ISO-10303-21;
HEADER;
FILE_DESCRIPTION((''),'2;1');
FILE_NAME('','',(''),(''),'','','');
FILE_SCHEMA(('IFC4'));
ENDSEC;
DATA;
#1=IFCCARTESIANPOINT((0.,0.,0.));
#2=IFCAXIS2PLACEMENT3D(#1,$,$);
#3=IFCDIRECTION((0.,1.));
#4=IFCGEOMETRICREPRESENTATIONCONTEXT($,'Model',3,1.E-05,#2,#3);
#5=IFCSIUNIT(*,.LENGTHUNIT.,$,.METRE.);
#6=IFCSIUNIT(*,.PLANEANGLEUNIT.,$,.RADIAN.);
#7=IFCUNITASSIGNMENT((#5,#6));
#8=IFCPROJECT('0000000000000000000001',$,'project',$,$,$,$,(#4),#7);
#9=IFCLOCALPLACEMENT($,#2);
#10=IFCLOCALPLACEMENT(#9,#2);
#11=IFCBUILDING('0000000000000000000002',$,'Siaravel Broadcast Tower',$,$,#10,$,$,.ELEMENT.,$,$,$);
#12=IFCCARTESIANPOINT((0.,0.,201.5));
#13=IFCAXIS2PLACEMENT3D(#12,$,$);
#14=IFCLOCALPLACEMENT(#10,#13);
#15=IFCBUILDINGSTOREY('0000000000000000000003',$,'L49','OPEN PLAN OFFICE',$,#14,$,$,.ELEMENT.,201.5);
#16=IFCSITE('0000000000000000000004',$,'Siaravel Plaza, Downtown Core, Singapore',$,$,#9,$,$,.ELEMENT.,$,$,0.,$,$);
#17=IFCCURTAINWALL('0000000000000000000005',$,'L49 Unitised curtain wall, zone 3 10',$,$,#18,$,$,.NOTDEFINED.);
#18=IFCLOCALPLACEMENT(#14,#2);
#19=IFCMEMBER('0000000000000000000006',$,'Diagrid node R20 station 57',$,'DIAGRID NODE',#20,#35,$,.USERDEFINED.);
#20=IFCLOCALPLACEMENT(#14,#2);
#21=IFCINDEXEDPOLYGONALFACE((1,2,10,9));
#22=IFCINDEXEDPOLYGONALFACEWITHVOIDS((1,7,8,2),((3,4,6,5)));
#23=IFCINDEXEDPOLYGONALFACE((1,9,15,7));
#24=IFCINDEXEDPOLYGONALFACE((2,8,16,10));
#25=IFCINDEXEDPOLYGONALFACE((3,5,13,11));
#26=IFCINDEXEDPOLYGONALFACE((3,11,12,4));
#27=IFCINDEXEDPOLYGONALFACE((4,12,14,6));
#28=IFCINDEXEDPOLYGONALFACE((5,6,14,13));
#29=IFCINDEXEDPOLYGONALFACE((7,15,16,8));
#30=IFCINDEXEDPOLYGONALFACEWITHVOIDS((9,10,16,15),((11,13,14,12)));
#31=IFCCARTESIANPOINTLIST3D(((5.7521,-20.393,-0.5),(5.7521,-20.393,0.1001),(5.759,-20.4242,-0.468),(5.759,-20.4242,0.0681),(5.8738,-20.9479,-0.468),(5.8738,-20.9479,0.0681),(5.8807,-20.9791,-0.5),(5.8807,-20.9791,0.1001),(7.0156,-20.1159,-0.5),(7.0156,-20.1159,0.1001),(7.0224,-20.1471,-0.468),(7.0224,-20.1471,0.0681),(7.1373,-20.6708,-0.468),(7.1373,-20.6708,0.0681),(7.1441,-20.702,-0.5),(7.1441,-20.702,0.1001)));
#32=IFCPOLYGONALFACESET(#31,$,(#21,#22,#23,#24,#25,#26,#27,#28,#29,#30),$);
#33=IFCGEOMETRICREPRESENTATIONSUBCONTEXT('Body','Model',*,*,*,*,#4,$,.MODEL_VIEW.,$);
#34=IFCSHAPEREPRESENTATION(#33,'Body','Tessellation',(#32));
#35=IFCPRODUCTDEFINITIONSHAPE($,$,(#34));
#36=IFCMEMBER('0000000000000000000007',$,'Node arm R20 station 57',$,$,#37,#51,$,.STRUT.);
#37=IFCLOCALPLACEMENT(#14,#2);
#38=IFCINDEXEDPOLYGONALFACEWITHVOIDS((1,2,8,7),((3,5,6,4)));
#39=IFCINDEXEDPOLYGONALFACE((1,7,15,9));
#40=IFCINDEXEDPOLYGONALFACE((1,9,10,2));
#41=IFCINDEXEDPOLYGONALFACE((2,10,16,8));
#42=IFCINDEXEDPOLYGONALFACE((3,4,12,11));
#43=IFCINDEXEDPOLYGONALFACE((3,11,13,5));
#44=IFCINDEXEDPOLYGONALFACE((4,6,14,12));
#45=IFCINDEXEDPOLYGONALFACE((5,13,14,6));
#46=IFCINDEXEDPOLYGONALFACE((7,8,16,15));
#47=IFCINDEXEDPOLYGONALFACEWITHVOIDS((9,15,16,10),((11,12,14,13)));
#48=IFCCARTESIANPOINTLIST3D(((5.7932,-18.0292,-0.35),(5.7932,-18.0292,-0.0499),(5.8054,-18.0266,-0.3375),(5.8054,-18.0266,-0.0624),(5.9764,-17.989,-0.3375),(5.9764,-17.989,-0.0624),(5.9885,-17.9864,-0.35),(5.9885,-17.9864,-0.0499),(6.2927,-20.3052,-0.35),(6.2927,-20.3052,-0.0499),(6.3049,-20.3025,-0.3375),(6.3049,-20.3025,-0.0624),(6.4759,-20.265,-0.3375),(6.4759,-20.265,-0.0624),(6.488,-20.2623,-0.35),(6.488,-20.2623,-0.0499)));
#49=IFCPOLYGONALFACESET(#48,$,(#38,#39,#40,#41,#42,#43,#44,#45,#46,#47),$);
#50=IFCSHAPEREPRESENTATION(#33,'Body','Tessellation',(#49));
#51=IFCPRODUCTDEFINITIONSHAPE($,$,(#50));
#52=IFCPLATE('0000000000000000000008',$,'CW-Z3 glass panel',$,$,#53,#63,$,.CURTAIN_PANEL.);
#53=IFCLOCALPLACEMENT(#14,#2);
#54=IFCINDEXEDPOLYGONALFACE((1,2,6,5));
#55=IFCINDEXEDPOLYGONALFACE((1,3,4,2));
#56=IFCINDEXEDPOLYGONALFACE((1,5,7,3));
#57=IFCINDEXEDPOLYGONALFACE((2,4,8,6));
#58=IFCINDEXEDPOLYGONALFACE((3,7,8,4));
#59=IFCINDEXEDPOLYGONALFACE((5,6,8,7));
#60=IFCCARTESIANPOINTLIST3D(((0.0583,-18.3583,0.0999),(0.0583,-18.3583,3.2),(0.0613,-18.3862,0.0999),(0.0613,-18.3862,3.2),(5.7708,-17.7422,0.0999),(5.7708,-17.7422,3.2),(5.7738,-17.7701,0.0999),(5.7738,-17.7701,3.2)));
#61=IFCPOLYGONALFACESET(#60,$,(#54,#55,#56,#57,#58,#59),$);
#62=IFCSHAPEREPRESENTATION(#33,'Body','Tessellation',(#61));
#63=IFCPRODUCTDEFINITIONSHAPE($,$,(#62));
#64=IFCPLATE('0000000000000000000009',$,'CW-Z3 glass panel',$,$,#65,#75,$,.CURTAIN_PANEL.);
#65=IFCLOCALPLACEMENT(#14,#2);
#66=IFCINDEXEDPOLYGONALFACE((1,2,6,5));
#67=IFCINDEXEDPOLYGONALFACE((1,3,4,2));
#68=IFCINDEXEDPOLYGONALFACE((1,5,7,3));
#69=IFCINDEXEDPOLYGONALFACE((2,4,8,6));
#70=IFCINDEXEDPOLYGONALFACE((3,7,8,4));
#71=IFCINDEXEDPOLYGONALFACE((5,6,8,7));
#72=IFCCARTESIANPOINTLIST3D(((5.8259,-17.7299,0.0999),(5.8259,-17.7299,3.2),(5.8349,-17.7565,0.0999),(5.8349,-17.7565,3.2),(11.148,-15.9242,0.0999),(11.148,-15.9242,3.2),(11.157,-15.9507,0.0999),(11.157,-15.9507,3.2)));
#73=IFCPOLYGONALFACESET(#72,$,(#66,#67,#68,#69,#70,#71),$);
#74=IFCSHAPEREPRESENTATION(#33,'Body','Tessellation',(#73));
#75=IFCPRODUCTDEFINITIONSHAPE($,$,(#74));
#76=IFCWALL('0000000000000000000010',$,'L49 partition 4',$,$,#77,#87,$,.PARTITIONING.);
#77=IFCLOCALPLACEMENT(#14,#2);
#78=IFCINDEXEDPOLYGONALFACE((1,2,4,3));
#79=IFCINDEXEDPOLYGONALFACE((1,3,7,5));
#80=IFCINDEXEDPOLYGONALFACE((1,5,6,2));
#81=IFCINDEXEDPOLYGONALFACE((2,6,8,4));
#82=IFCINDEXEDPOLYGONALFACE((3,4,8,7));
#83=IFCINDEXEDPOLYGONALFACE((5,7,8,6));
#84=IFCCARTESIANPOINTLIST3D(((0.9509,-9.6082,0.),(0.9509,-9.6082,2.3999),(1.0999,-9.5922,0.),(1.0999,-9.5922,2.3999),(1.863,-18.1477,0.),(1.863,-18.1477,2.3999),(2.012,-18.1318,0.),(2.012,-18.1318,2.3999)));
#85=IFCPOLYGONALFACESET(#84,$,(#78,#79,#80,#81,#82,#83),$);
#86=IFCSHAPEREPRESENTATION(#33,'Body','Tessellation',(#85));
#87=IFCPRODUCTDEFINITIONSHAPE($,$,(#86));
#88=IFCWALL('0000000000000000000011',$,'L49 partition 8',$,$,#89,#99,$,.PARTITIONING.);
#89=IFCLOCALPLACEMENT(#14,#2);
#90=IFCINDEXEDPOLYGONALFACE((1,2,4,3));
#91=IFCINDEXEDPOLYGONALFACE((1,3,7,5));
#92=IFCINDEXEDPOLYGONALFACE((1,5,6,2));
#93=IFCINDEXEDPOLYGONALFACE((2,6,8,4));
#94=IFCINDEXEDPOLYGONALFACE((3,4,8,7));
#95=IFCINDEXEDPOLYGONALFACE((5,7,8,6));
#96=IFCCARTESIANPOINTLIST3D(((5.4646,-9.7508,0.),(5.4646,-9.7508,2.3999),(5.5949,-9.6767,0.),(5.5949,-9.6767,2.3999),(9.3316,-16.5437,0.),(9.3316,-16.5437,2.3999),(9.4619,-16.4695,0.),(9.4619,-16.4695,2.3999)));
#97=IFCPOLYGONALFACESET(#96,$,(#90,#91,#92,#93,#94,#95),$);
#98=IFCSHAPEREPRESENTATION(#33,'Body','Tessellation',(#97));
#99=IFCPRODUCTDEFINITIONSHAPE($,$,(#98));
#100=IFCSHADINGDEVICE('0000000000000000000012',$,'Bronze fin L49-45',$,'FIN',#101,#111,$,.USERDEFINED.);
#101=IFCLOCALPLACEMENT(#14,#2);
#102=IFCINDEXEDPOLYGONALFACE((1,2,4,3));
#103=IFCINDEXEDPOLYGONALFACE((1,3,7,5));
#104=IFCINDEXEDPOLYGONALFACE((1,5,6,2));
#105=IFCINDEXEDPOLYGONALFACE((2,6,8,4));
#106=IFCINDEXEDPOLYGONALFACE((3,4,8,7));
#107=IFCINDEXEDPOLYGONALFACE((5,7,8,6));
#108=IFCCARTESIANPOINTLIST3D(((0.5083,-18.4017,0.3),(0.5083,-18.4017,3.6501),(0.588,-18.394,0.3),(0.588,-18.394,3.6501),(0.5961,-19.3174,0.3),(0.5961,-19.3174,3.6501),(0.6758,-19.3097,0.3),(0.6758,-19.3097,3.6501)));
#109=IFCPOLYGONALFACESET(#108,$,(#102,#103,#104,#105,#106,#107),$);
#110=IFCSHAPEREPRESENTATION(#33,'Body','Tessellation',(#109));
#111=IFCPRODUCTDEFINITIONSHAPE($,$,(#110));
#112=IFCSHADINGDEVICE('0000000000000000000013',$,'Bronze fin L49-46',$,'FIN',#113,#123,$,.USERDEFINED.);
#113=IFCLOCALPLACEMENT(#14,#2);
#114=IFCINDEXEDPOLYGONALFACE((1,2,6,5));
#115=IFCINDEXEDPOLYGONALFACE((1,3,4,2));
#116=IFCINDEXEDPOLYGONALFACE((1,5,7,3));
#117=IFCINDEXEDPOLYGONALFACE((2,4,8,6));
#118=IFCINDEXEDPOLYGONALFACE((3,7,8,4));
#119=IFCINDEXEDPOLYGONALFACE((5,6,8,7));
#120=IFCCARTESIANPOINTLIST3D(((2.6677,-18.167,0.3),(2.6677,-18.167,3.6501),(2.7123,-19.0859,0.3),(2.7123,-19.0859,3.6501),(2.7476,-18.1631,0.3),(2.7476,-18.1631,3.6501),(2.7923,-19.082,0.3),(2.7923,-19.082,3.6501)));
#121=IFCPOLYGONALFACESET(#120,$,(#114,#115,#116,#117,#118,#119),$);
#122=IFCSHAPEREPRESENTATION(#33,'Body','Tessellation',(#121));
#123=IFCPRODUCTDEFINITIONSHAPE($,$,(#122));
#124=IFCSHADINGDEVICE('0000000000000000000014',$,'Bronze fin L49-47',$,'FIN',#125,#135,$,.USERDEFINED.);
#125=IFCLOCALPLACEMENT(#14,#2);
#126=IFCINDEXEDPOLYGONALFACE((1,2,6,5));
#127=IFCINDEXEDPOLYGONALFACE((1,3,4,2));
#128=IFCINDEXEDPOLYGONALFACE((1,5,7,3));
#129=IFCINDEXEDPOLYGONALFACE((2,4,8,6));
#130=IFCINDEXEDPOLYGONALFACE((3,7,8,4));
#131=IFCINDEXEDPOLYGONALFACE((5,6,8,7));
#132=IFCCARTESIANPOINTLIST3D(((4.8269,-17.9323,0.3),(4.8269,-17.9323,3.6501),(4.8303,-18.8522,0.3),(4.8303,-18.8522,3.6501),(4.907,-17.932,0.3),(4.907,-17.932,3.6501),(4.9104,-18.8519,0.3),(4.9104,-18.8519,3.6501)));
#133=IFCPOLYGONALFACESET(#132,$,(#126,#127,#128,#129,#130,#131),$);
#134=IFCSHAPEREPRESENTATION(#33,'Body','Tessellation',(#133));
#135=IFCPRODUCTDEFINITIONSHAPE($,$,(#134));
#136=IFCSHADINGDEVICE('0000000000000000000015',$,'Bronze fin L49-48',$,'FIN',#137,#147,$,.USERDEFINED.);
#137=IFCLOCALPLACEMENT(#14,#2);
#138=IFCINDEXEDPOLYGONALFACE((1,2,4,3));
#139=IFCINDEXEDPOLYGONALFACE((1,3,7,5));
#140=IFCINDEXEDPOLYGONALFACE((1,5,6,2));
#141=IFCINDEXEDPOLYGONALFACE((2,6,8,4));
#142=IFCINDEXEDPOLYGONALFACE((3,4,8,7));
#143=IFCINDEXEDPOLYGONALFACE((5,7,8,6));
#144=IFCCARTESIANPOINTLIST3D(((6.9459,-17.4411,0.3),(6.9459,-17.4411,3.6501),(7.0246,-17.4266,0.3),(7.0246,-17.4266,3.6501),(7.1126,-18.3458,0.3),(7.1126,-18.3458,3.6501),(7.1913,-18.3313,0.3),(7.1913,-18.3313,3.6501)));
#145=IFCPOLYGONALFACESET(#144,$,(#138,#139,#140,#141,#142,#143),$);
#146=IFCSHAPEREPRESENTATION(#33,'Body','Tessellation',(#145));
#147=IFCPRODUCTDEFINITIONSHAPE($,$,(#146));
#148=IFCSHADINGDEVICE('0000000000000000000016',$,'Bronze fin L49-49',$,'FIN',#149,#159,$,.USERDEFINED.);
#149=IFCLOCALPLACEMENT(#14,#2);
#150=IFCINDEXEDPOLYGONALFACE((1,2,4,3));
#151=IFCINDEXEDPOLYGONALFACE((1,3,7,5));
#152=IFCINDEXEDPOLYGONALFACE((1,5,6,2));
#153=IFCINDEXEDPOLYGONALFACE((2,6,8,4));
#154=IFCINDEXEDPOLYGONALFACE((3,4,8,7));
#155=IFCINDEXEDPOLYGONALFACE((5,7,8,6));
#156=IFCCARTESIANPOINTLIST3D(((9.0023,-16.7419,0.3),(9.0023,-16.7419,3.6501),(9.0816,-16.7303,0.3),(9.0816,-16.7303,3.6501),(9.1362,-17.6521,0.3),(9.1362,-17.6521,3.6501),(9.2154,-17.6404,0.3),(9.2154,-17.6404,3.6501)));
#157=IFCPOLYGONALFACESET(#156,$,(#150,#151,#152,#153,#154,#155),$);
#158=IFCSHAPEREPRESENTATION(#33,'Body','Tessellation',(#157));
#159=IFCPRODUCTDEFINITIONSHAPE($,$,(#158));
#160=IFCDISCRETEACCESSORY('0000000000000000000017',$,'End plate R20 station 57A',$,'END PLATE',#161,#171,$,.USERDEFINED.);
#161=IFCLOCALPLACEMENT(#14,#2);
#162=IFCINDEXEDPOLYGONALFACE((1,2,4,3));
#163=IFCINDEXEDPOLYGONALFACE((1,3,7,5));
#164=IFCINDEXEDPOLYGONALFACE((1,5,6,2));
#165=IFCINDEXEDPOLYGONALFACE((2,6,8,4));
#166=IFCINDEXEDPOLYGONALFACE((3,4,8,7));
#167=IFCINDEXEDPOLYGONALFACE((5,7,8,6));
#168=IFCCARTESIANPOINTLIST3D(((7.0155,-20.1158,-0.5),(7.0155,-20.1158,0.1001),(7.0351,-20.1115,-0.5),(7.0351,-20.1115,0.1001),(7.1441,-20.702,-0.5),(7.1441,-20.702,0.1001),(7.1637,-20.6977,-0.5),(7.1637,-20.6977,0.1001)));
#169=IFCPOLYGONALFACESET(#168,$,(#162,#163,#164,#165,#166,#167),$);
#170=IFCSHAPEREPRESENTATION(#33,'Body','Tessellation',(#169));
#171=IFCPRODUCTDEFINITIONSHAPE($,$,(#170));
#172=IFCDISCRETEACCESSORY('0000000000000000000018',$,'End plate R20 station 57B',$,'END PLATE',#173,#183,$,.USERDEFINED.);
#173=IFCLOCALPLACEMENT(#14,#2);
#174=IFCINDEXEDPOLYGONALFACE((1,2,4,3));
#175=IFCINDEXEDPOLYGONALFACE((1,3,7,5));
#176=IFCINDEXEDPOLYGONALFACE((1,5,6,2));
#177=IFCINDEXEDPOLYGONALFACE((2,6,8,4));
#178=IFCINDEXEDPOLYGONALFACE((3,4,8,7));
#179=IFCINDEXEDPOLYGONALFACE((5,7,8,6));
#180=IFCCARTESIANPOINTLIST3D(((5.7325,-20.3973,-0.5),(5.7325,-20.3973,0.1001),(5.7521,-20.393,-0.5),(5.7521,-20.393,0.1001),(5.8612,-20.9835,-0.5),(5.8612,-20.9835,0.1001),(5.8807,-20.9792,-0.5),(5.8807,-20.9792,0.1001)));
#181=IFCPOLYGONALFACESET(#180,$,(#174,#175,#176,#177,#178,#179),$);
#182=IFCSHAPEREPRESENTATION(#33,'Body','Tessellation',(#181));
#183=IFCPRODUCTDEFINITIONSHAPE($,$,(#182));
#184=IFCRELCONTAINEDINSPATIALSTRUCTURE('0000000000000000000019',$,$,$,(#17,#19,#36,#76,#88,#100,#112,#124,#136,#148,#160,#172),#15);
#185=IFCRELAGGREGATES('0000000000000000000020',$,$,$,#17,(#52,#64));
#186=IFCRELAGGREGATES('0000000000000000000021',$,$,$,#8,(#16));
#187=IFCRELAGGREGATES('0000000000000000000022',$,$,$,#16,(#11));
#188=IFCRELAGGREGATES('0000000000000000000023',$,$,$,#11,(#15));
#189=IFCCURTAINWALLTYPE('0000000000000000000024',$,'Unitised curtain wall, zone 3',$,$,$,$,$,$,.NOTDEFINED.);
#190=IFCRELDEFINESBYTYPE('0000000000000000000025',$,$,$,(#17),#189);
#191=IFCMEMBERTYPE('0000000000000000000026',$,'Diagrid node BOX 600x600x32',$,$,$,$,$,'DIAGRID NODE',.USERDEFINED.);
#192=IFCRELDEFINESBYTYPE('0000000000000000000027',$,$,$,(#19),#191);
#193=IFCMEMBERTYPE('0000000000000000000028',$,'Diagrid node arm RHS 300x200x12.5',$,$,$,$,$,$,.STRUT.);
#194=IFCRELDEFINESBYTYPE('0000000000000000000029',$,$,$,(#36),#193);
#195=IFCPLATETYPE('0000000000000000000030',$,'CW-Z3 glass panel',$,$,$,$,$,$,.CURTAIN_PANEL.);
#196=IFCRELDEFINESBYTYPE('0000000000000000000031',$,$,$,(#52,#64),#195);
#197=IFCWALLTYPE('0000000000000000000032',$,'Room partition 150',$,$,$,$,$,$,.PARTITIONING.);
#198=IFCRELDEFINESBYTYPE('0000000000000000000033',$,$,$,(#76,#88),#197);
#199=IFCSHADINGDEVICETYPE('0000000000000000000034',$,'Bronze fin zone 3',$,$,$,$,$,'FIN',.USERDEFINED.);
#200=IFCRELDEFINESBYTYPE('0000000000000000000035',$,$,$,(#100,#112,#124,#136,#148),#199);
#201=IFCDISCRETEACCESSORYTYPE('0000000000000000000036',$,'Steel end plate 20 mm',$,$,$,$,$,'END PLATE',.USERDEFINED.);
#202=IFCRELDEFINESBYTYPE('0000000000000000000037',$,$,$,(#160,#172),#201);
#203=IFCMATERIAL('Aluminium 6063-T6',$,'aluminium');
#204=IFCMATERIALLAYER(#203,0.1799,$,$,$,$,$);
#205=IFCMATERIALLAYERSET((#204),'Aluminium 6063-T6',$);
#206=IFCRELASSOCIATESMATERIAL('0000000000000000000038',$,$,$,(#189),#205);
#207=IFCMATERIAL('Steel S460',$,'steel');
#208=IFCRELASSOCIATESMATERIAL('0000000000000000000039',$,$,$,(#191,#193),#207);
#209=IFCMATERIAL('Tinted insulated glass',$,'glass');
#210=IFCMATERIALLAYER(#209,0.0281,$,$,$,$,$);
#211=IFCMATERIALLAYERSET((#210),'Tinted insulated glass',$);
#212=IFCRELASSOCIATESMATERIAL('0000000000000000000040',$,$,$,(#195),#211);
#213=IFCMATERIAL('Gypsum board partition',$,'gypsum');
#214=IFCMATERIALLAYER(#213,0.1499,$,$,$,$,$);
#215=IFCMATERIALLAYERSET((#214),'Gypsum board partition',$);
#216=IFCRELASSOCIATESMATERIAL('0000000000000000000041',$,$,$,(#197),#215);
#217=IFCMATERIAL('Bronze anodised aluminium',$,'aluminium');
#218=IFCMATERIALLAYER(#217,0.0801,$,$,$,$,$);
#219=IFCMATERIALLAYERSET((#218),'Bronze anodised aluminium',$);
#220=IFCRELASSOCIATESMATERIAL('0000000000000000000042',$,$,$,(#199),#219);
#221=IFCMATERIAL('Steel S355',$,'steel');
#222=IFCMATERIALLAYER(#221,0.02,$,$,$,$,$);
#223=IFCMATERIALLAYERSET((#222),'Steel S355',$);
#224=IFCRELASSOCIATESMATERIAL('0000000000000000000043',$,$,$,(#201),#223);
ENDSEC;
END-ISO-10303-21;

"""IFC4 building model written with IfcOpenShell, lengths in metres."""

from ifc_helpers import new_model, si_unit, direction, frame, frame_2d, origin, origin_2d, place, context, subcontext, project, spatial, rectangle, hollow_rectangle, extrude, material, layer, layer_set, material_profile, profile_set, type_object, element, aggregate, save


model = new_model("IFC4")

# Units and contexts
model_context = context("Model", 3, precision=1e-05, world=origin(), true_north=direction((0.0, 1.0)))
body_context = subcontext(model_context, "Body", "Model", "MODEL_VIEW")
ifc_project = project(units=[si_unit("LENGTHUNIT", "METRE"), si_unit("PLANEANGLEUNIT", "RADIAN")], contexts=[model_context])

# Site, building, storey
site_placement = place(None, origin())
site = spatial("IfcSite", under=ifc_project, at=site_placement, Name="Siaravel Plaza, Downtown Core, Singapore", CompositionType="ELEMENT", RefElevation=0.0)
building_placement = place(site_placement, origin())
building = spatial("IfcBuilding", under=site, at=building_placement, Name="Siaravel Broadcast Tower", CompositionType="ELEMENT")
storey_placement = place(building_placement, frame((0.0, 0.0, 201.5)))
storey = spatial("IfcBuildingStorey", under=building, at=storey_placement, Name="L49", Description="OPEN PLAN OFFICE", CompositionType="ELEMENT", Elevation=201.5)

# Shared definitions
ifc_material_1 = material(Name="Steel S355", Category="steel")

# Curtain wall
ifc_material_2 = material(Name="Aluminium 6063-T6", Category="aluminium")
ifc_layer_1 = layer(ifc_material_2, 0.1799)
ifc_layer_set_1 = layer_set([ifc_layer_1], Name="Aluminium 6063-T6")
curtain_wall_type = type_object("IfcCurtainWallType", Name="Unitised curtain wall, zone 3", PredefinedType="NOTDEFINED", material=ifc_layer_set_1)
curtain_wall_placement = place(storey_placement, origin())
curtain_wall = element("IfcCurtainWall", 1, at=curtain_wall_placement, inside=storey, type_object=curtain_wall_type, Name="L49 Unitised curtain wall, zone 3 10", PredefinedType="NOTDEFINED")

# Members
ifc_material_3 = material(Name="Steel S460", Category="steel")
ifc_material_profile_1 = material_profile(ifc_material_3, hollow_rectangle(XDim=0.6001, YDim=0.6001, WallThickness=0.032, at=origin_2d()))
ifc_profile_set_1 = profile_set([ifc_material_profile_1], Name="Steel S460")
member_type_1 = type_object("IfcMemberType", Name="Diagrid node BOX 600x600x32", ElementType="DIAGRID NODE", PredefinedType="USERDEFINED", material=ifc_profile_set_1)
member_1_placement = place(storey_placement, frame((5.8164, -20.686, -0.2), z_axis=(0.976783, 0.214232, 0.0), x_axis=(-0.214232, 0.976783, 0.0)))
element("IfcMember", 2, at=member_1_placement, inside=storey, type_object=member_type_1, Name="Diagrid node R20 station 57", ObjectType="DIAGRID NODE", PredefinedType="USERDEFINED", context=body_context, shape_type="SweptSolid", body=[
    extrude(hollow_rectangle(XDim=0.6001, YDim=0.6001, WallThickness=0.032, at=origin_2d()), origin(), (0.0, 0.0, 1.0), 1.2935),
])
ifc_material_profile_2 = material_profile(ifc_material_3, hollow_rectangle(XDim=0.2, YDim=0.3, WallThickness=0.0125, at=origin_2d()))
ifc_profile_set_2 = profile_set([ifc_material_profile_2], Name="Steel S460")
member_type_2 = type_object("IfcMemberType", Name="Diagrid node arm RHS 300x200x12.5", PredefinedType="STRUT", material=ifc_profile_set_2)
member_2_placement = place(storey_placement, frame((5.8909, -18.0078, -0.2), z_axis=(0.214378, -0.976751, 0.0), x_axis=(0.976751, 0.214378, 0.0)))
element("IfcMember", 3, at=member_2_placement, inside=storey, type_object=member_type_2, Name="Node arm R20 station 57", PredefinedType="STRUT", context=body_context, shape_type="SweptSolid", body=[
    extrude(hollow_rectangle(XDim=0.2, YDim=0.3, WallThickness=0.0125, at=origin_2d()), origin(), (0.0, 0.0, 1.0), 2.3301),
])

# Plates
ifc_material_4 = material(Name="Tinted insulated glass", Category="glass")
ifc_layer_2 = layer(ifc_material_4, 0.0281)
ifc_layer_set_2 = layer_set([ifc_layer_2], Name="Tinted insulated glass")
plate_type = type_object("IfcPlateType", Name="CW-Z3 glass panel", PredefinedType="CURTAIN_PANEL", material=ifc_layer_set_2)
plate_1_placement = place(storey_placement, frame((2.916, -18.0642, 0.0999), z_axis=(0.0, 0.0, 1.0), x_axis=(0.994236, 0.107218, 0.0)))
plate_1 = element("IfcPlate", 4, at=plate_1_placement, type_object=plate_type, Name="CW-Z3 glass panel", PredefinedType="CURTAIN_PANEL", context=body_context, shape_type="SweptSolid", body=[
    extrude(rectangle(XDim=5.7456, YDim=0.0281, at=origin_2d()), origin(), (0.0, 0.0, 1.0), 3.1001),
])
plate_2_placement = place(storey_placement, frame((8.4915, -16.8403, 0.0999), z_axis=(0.0, 0.0, 1.0), x_axis=(0.946977, 0.321302, 0.0)))
plate_2 = element("IfcPlate", 5, at=plate_2_placement, type_object=plate_type, Name="CW-Z3 glass panel", PredefinedType="CURTAIN_PANEL", context=body_context, shape_type="SweptSolid", body=[
    extrude(rectangle(XDim=5.6201, YDim=0.0281, at=origin_2d()), origin(), (0.0, 0.0, 1.0), 3.1001),
])
aggregate(curtain_wall, [plate_1, plate_2])

# Walls
ifc_material_5 = material(Name="Gypsum board partition", Category="gypsum")
ifc_layer_3 = layer(ifc_material_5, 0.1499)
ifc_layer_set_3 = layer_set([ifc_layer_3], Name="Gypsum board partition")
wall_type = type_object("IfcWallType", Name="Room partition 150", PredefinedType="PARTITIONING", material=ifc_layer_set_3)
wall_1_placement = place(storey_placement, frame((1.9375, -18.1396, 0.0), z_axis=(0.0, 0.0, 1.0), x_axis=(-0.106206, 0.994344, 0.0)))
element("IfcWall", 6, at=wall_1_placement, inside=storey, type_object=wall_type, Name="L49 partition 4", PredefinedType="PARTITIONING", context=body_context, shape_type="SweptSolid", body=[
    extrude(rectangle(XDim=8.5881, YDim=0.1499, at=frame_2d((4.2939, 0.0))), origin(), (0.0, 0.0, 1.0), 2.3999),
])
wall_2_placement = place(storey_placement, frame((9.3967, -16.5066, 0.0), z_axis=(0.0, 0.0, 1.0), x_axis=(-0.494729, 0.869047, 0.0)))
element("IfcWall", 7, at=wall_2_placement, inside=storey, type_object=wall_type, Name="L49 partition 8", PredefinedType="PARTITIONING", context=body_context, shape_type="SweptSolid", body=[
    extrude(rectangle(XDim=7.8164, YDim=0.1499, at=frame_2d((3.9082, 0.0))), origin(), (0.0, 0.0, 1.0), 2.3999),
])

# Shading devices
ifc_material_6 = material(Name="Bronze anodised aluminium", Category="aluminium")
ifc_layer_4 = layer(ifc_material_6, 0.0801)
ifc_layer_set_4 = layer_set([ifc_layer_4], Name="Bronze anodised aluminium")
shading_device_type = type_object("IfcShadingDeviceType", Name="Bronze fin zone 3", ElementType="FIN", PredefinedType="USERDEFINED", material=ifc_layer_set_4)
for number, where, z_axis, x_axis, name in (
    (8, (0.592, -18.8557, 0.3), (0.0, 0.0, 1.0), (0.09549, -0.99543, 0.0), "Bronze fin L49-45"),
    (9, (2.73, -18.6245, 0.3), (0.0, 0.0, 1.0), (0.048548, -0.998821, 0.0), "Bronze fin L49-46"),
    (10, (4.8687, -18.3921, 0.3), (0.0, 0.0, 1.0), (0.003653, -0.999993, 0.0), "Bronze fin L49-47"),
    (11, (7.0686, -17.8862, 0.3), (0.0, 0.0, 1.0), (0.181232, -0.98344, 0.0), "Bronze fin L49-48"),
    (12, (9.1089, -17.1912, 0.3), (0.0, 0.0, 1.0), (0.145536, -0.989353, 0.0), "Bronze fin L49-49"),
):
    element("IfcShadingDevice", number, at=place(storey_placement, frame(where, z_axis=z_axis, x_axis=x_axis)), inside=storey, type_object=shading_device_type, Name=name, ObjectType="FIN", PredefinedType="USERDEFINED", context=body_context, shape_type="SweptSolid", body=[
        extrude(rectangle(XDim=0.9199, YDim=0.0801, at=origin_2d()), origin(), (0.0, 0.0, 1.0), 3.3501),
    ])

# Discrete accessories
ifc_layer_5 = layer(ifc_material_1, 0.02)
ifc_layer_set_5 = layer_set([ifc_layer_5], Name="Steel S355")
discrete_accessory_type = type_object("IfcDiscreteAccessoryType", Name="Steel end plate 20 mm", ElementType="END PLATE", PredefinedType="USERDEFINED", material=ifc_layer_set_5)
for number, where, z_axis, x_axis, name in (
    (13, (7.0896, -20.4067, -0.5), (0.0, 0.0, 1.0), (0.976751, 0.214377, 0.0), "End plate R20 station 57A"),
    (14, (5.8066, -20.6882, -0.5), (0.0, 0.0, 1.0), (0.976751, 0.214377, 0.0), "End plate R20 station 57B"),
):
    element("IfcDiscreteAccessory", number, at=place(storey_placement, frame(where, z_axis=z_axis, x_axis=x_axis)), inside=storey, type_object=discrete_accessory_type, Name=name, ObjectType="END PLATE", PredefinedType="USERDEFINED", context=body_context, shape_type="SweptSolid", body=[
        extrude(rectangle(XDim=0.02, YDim=0.6001, at=origin_2d()), origin(), (0.0, 0.0, 1.0), 0.6001),
    ])

save(model, "model.ifc")
